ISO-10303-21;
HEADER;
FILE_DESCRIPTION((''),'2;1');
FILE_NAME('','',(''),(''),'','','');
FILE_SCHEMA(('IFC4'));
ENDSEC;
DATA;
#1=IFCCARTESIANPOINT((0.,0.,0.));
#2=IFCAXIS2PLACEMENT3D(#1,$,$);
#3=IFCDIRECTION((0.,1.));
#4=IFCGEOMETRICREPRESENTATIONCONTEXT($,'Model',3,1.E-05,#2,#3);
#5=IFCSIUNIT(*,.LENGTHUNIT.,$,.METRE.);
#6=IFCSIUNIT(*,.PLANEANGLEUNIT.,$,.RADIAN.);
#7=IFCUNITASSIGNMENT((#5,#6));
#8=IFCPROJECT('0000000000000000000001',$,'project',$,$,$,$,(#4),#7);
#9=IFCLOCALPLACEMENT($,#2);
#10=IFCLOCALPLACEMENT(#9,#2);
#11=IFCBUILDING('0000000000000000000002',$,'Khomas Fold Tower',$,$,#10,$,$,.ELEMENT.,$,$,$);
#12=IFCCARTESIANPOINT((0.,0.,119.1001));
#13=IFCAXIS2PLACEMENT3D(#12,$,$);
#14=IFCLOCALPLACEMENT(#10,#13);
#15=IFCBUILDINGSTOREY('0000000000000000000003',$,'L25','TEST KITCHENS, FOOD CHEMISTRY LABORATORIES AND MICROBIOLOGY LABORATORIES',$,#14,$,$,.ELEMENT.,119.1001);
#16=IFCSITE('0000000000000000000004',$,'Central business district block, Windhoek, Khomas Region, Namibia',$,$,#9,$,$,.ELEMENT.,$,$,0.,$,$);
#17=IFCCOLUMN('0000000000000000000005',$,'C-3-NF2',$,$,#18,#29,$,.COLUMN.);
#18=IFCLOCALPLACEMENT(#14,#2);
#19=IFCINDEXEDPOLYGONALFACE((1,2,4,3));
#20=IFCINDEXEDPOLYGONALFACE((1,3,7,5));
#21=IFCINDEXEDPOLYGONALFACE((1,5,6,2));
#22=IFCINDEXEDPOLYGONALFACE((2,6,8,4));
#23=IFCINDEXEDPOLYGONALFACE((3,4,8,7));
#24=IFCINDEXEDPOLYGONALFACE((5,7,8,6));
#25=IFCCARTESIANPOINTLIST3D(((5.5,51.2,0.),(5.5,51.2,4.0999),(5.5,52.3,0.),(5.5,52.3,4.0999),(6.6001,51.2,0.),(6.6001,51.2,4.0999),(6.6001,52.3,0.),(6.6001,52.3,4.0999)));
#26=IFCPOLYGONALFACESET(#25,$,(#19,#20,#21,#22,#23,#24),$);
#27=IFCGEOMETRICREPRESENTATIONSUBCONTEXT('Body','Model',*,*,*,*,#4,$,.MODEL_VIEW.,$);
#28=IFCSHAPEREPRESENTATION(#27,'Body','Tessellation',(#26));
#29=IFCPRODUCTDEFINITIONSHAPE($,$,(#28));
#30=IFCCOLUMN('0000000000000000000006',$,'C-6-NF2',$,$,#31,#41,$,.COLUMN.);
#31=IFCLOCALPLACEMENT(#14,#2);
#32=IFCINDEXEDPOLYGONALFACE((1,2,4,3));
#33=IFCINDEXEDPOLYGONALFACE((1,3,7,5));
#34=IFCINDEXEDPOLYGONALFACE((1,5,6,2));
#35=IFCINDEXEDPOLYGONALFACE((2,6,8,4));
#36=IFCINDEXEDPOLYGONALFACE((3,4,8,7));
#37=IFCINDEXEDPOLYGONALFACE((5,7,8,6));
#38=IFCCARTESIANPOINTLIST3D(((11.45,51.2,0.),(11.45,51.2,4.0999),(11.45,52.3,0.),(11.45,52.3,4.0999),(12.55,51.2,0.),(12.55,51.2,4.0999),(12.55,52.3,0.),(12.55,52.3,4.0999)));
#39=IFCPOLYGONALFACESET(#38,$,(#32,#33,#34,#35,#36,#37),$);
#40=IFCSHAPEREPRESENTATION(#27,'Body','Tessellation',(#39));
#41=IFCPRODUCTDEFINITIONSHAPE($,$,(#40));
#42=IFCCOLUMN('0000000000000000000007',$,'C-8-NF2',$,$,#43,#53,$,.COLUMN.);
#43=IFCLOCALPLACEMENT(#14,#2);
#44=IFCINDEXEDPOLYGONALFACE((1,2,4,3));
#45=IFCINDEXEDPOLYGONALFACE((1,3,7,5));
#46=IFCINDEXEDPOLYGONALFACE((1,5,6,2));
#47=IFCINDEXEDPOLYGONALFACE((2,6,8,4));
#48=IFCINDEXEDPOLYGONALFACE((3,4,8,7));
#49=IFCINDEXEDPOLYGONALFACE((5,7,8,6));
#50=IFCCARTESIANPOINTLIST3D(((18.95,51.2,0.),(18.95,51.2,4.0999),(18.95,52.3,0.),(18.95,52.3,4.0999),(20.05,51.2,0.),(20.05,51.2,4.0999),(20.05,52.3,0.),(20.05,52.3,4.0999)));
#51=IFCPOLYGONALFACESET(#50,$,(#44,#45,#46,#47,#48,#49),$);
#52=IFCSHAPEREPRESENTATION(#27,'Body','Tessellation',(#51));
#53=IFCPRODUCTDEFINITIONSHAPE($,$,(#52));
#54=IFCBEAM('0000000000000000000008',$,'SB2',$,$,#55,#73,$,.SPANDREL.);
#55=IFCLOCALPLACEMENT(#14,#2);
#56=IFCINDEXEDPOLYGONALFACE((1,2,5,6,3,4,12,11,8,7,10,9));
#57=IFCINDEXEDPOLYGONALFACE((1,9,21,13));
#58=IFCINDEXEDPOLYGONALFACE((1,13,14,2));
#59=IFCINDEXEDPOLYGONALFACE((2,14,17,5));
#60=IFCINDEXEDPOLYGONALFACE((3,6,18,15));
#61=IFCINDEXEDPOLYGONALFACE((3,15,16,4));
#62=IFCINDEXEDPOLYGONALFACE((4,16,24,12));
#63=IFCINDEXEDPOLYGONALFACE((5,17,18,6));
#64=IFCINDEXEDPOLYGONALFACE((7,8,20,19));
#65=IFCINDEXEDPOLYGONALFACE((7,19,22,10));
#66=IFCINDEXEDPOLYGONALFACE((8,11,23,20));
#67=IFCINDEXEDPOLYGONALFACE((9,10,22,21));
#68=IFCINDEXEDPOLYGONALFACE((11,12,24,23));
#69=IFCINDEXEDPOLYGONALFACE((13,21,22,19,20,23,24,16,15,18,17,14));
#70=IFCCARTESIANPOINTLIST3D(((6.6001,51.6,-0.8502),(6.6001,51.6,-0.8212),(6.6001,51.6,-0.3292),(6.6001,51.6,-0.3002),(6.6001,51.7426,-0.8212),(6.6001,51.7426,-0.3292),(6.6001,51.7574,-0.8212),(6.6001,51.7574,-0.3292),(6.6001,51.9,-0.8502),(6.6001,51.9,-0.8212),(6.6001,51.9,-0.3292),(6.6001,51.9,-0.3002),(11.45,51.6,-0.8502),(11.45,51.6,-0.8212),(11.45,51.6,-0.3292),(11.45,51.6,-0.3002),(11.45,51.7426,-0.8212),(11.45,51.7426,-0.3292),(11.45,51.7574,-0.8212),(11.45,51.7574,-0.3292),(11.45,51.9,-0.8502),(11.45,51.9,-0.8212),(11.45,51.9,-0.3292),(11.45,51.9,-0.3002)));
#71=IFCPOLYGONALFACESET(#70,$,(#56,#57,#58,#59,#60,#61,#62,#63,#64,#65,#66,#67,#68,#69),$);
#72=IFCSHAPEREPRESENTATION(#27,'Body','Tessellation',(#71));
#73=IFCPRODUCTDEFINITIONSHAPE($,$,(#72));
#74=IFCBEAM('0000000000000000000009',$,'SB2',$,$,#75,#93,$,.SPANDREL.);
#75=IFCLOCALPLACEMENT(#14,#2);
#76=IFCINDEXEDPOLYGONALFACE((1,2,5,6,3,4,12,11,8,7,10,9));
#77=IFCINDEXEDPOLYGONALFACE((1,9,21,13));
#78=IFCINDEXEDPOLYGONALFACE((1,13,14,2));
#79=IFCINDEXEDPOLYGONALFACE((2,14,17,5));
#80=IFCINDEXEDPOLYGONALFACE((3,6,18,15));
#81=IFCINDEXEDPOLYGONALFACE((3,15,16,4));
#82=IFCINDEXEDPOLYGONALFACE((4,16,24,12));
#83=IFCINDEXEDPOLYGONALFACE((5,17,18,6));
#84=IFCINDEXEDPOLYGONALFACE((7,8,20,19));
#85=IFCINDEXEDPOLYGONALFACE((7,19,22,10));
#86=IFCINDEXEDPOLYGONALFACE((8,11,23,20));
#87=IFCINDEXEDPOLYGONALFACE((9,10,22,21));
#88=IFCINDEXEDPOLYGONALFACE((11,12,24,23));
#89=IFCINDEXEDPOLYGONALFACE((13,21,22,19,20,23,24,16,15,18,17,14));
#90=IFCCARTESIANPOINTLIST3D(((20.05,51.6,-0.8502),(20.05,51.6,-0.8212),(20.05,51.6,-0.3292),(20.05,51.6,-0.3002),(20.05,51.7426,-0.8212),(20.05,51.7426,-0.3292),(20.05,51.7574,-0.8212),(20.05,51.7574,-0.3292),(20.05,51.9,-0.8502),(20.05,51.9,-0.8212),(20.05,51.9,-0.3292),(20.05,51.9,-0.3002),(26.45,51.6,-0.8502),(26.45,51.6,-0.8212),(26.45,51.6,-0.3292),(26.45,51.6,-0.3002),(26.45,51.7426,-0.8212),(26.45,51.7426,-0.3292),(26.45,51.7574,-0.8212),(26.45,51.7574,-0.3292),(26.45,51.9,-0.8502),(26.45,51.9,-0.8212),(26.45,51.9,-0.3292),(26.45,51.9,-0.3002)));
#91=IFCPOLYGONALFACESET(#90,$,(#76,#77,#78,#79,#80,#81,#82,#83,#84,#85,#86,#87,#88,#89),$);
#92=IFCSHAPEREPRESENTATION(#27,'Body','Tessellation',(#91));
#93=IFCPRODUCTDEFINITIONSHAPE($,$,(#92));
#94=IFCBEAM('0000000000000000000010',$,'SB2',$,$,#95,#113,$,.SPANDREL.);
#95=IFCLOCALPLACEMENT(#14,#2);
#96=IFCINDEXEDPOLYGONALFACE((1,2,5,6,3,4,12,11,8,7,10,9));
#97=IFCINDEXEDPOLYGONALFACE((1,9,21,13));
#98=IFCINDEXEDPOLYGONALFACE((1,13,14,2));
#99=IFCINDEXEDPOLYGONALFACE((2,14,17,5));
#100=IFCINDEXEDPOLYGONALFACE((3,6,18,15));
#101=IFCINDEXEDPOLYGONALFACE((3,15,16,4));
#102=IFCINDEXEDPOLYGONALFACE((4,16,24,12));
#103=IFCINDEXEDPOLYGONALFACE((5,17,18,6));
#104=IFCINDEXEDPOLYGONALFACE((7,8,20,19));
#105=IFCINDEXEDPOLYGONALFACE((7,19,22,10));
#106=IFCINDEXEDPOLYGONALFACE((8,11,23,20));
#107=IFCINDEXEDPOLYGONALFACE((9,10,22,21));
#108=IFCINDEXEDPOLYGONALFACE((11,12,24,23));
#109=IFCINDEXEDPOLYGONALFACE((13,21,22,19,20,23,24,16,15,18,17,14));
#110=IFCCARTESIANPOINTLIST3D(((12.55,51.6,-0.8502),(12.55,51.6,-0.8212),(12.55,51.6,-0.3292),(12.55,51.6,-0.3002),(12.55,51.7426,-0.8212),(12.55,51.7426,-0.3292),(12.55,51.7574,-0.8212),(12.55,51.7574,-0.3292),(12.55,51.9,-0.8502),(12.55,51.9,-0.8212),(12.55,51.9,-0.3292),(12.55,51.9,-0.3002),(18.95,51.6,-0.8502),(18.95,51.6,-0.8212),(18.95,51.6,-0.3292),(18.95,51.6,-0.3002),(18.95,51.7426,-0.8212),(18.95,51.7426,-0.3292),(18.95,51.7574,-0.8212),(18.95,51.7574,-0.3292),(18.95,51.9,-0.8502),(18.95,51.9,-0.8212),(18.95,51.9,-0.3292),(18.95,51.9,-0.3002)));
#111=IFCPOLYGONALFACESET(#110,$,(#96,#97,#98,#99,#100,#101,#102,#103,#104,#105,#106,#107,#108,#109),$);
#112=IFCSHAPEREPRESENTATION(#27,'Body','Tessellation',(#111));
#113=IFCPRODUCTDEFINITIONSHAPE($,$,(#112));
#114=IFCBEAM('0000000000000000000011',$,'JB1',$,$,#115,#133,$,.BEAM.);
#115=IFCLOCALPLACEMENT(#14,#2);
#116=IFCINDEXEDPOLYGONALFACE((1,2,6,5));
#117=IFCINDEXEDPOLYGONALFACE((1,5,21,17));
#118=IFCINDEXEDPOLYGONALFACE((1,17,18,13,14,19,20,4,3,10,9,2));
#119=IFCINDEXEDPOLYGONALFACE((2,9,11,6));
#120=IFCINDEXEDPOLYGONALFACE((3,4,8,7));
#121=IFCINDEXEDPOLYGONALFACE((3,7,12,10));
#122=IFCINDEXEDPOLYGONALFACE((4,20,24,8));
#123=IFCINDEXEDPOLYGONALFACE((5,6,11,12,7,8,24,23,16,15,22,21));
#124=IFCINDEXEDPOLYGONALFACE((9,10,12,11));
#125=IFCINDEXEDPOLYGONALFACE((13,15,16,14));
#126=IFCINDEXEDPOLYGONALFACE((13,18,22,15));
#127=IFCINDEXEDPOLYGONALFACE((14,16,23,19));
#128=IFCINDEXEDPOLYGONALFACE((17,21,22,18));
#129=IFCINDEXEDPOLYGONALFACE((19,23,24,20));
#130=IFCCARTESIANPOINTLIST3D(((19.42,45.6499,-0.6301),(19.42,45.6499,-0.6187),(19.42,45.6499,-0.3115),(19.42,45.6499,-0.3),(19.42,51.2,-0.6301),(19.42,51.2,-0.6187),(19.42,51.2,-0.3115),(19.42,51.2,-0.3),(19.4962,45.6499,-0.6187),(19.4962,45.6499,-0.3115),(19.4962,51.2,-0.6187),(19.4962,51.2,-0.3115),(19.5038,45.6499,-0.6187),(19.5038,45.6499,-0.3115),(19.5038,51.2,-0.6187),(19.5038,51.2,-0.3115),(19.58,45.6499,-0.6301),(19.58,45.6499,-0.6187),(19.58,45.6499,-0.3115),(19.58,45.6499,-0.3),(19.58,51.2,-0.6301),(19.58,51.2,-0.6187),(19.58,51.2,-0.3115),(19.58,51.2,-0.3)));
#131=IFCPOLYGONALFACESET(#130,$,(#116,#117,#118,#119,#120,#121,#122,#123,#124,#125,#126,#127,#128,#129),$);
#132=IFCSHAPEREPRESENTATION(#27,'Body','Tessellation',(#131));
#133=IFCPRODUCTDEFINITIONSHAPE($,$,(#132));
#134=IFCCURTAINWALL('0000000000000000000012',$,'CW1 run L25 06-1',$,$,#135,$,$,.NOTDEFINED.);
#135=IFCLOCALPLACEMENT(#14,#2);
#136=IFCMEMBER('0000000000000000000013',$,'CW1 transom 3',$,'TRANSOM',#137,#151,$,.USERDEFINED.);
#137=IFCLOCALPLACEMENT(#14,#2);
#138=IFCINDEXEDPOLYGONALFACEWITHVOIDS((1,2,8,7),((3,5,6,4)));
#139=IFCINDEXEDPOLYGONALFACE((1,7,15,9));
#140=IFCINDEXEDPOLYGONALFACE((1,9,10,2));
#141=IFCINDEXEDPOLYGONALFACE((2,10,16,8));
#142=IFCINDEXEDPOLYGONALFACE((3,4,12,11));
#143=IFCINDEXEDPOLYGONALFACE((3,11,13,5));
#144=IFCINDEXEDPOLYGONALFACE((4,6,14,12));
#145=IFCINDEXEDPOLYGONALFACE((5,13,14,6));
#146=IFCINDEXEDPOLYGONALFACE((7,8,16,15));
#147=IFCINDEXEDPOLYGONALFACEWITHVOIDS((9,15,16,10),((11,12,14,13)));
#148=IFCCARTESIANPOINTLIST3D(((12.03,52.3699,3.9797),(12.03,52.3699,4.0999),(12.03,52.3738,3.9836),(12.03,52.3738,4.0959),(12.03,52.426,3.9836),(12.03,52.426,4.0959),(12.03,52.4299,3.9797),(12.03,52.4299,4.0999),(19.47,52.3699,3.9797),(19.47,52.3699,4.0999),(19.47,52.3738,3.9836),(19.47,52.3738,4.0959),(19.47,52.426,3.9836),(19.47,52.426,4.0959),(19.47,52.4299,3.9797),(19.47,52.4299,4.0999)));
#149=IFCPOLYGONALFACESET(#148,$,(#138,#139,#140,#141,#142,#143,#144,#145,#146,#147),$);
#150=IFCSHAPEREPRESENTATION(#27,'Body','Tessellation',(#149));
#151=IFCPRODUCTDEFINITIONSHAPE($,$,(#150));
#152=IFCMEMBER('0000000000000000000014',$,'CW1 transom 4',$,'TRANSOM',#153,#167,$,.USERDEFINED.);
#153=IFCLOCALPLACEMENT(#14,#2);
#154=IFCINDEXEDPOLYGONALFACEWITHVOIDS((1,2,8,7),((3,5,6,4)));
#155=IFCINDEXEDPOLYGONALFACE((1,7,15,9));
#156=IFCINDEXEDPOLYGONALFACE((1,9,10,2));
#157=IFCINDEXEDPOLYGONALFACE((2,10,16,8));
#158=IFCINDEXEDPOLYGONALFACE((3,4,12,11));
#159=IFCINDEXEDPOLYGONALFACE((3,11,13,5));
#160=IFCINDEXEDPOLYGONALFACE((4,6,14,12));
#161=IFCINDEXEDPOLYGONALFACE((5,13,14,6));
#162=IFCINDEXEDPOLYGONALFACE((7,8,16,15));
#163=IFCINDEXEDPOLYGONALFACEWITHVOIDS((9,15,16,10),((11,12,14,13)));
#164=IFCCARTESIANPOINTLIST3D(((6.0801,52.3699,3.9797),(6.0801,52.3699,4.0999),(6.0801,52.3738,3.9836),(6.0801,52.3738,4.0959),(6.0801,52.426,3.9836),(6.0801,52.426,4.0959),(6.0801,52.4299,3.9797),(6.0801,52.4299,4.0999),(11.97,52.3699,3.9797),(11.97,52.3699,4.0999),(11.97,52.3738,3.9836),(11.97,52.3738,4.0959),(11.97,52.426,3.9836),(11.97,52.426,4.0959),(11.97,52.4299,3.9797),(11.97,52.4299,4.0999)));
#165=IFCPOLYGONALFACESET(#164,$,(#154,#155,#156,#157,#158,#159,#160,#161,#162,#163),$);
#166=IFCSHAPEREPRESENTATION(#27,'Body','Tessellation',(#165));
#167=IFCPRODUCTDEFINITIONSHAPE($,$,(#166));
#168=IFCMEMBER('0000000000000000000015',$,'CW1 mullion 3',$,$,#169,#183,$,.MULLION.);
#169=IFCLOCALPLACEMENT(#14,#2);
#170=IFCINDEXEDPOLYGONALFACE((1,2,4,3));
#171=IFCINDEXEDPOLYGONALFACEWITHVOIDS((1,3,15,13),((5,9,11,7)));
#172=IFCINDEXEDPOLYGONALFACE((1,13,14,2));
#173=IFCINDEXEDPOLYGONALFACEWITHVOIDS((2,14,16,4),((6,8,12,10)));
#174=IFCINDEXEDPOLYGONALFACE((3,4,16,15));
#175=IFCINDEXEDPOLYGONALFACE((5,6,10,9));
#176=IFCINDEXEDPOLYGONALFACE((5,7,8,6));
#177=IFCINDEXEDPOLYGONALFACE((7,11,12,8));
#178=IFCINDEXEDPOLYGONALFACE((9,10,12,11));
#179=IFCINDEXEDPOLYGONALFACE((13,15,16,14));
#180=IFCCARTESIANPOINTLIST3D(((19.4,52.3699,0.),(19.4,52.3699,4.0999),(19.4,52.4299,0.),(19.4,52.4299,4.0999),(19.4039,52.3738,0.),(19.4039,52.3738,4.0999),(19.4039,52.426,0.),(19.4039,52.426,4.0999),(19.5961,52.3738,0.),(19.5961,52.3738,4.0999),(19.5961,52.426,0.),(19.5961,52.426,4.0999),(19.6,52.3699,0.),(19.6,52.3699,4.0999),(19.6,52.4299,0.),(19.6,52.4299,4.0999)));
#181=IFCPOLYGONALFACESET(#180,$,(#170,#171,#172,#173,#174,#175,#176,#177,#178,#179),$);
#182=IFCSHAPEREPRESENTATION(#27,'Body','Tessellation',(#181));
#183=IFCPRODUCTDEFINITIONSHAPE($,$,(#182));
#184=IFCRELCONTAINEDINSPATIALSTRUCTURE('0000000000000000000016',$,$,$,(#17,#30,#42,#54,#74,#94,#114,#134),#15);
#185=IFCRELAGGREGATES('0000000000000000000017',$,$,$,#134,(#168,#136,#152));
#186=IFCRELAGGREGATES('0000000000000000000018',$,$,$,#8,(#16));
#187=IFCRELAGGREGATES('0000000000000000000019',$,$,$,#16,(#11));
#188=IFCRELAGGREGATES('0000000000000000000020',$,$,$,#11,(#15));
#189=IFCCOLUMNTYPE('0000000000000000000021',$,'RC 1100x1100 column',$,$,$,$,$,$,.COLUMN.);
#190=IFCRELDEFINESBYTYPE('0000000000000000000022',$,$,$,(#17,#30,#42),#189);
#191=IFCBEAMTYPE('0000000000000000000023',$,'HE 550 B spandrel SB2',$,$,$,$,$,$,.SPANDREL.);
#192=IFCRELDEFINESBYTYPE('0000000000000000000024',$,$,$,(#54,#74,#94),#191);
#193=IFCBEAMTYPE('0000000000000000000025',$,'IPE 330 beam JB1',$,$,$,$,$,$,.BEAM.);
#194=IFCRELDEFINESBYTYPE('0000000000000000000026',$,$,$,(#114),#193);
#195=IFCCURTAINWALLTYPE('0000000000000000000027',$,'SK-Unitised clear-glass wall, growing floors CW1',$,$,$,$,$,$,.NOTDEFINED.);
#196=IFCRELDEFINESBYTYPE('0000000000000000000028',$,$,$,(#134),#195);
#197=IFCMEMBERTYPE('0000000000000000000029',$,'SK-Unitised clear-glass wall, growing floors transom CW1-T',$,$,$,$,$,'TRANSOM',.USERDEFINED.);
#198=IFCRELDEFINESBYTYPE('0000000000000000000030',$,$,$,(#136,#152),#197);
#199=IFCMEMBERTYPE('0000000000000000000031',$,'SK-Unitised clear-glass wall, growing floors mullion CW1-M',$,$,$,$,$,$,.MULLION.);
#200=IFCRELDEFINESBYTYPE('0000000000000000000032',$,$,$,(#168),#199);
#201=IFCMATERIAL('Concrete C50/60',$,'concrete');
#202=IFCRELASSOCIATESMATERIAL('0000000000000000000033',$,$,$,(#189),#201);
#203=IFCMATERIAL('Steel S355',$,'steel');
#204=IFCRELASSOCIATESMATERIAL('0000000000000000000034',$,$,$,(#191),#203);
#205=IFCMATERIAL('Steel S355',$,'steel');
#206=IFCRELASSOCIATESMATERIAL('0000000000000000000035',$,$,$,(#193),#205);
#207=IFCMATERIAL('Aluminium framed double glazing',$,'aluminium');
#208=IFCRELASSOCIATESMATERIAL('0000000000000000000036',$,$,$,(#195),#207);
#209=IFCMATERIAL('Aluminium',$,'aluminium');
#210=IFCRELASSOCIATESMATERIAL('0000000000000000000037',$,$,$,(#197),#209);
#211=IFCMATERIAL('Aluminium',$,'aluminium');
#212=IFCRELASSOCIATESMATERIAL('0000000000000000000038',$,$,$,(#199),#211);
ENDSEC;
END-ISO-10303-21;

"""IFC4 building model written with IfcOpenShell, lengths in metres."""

from ifc_helpers import new_model, si_unit, direction, frame, origin, origin_2d, place, context, subcontext, project, spatial, rectangle, hollow_rectangle, i_section, extrude, source, transform, mapped, material, material_profile, profile_set, type_object, element, aggregate, save


model = new_model("IFC4")

# Units and contexts
model_context = context("Model", 3, precision=1e-05, world=origin(), true_north=direction((0.0, 1.0)))
body_context = subcontext(model_context, "Body", "Model", "MODEL_VIEW")
ifc_project = project(units=[si_unit("LENGTHUNIT", "METRE"), si_unit("PLANEANGLEUNIT", "RADIAN")], contexts=[model_context])

# Site, building, storey
site_placement = place(None, origin())
site = spatial("IfcSite", under=ifc_project, at=site_placement, Name="Central business district block, Windhoek, Khomas Region, Namibia", CompositionType="ELEMENT", RefElevation=0.0)
building_placement = place(site_placement, origin())
building = spatial("IfcBuilding", under=site, at=building_placement, Name="Khomas Fold Tower", CompositionType="ELEMENT")
storey_placement = place(building_placement, frame((0.0, 0.0, 119.1001)))
storey = spatial("IfcBuildingStorey", under=building, at=storey_placement, Name="L25", Description="TEST KITCHENS, FOOD CHEMISTRY LABORATORIES AND MICROBIOLOGY LABORATORIES", CompositionType="ELEMENT", Elevation=119.1001)

# Columns
ifc_material_1 = material(Name="Concrete C50/60", Category="concrete")
ifc_material_profile_1 = material_profile(ifc_material_1, rectangle(XDim=1.1001, YDim=1.1001, at=origin_2d()), Name="RC 1100x1100")
ifc_profile_set_1 = profile_set([ifc_material_profile_1], Name="Concrete C50/60")
column_type = type_object("IfcColumnType", Name="RC 1100x1100 column", PredefinedType="COLUMN", material=ifc_profile_set_1)
shared_shape_1 = source(origin(), body_context, "Body", "SweptSolid", [
    extrude(rectangle(XDim=1.1001, YDim=1.1001, at=origin_2d()), origin(), (0.0, 0.0, 1.0), 4.0999),
])
for number, where, z_axis, x_axis, name in (
    (1, (6.05, 51.75, 0.0), (0.0, 0.0, 1.0), (1.0, 0.0, 0.0), "C-3-NF2"),
    (2, (12.0, 51.75, 0.0), (0.0, 0.0, 1.0), (1.0, 0.0, 0.0), "C-6-NF2"),
    (3, (19.5, 51.75, 0.0), (0.0, 0.0, 1.0), (1.0, 0.0, 0.0), "C-8-NF2"),
):
    element("IfcColumn", number, at=place(storey_placement, frame(where, z_axis=z_axis, x_axis=x_axis)), inside=storey, type_object=column_type, Name=name, PredefinedType="COLUMN", context=body_context, shape_type="MappedRepresentation", body=[
        mapped(shared_shape_1, transform((0.0, 0.0, 0.0))),
    ])

# Beams
ifc_material_2 = material(Name="Steel S355", Category="steel")
ifc_material_profile_2 = material_profile(ifc_material_2, i_section(OverallWidth=0.3, OverallDepth=0.55, WebThickness=0.0149, FlangeThickness=0.0291, at=origin_2d()), Name="HE 550 B")
ifc_profile_set_2 = profile_set([ifc_material_profile_2], Name="Steel S355")
beam_type_1 = type_object("IfcBeamType", Name="HE 550 B spandrel SB2", PredefinedType="SPANDREL", material=ifc_profile_set_2)
shared_shape_2 = source(origin(), body_context, "Body", "SweptSolid", [
    extrude(i_section(OverallWidth=0.3, OverallDepth=0.55, WebThickness=0.0149, FlangeThickness=0.0291, at=origin_2d()), origin(), (0.0, 0.0, 1.0), 4.8499),
])
beam_1_placement = place(storey_placement, frame((6.6001, 51.75, -0.5752), z_axis=(1.0, 0.0, 0.0), x_axis=(0.0, 1.0, 0.0)))
element("IfcBeam", 4, at=beam_1_placement, inside=storey, type_object=beam_type_1, Name="SB2", PredefinedType="SPANDREL", context=body_context, shape_type="MappedRepresentation", body=[
    mapped(shared_shape_2, transform((0.0, 0.0, 0.0))),
])
shared_shape_3 = source(origin(), body_context, "Body", "SweptSolid", [
    extrude(i_section(OverallWidth=0.3, OverallDepth=0.55, WebThickness=0.0149, FlangeThickness=0.0291, at=origin_2d()), origin(), (0.0, 0.0, 1.0), 6.3999),
])
for number, where, z_axis, x_axis, name in (
    (5, (20.05, 51.75, -0.5752), (1.0, 0.0, 0.0), (0.0, 1.0, 0.0), "SB2"),
    (6, (12.55, 51.75, -0.5752), (1.0, 0.0, 0.0), (0.0, 1.0, 0.0), "SB2"),
):
    element("IfcBeam", number, at=place(storey_placement, frame(where, z_axis=z_axis, x_axis=x_axis)), inside=storey, type_object=beam_type_1, Name=name, PredefinedType="SPANDREL", context=body_context, shape_type="MappedRepresentation", body=[
        mapped(shared_shape_3, transform((0.0, 0.0, 0.0))),
    ])
ifc_material_3 = material(Name="Steel S355", Category="steel")
ifc_material_profile_3 = material_profile(ifc_material_3, i_section(OverallWidth=0.1599, OverallDepth=0.3301, WebThickness=0.0076, FlangeThickness=0.0115, at=origin_2d()), Name="IPE 330")
ifc_profile_set_3 = profile_set([ifc_material_profile_3], Name="Steel S355")
beam_type_2 = type_object("IfcBeamType", Name="IPE 330 beam JB1", PredefinedType="BEAM", material=ifc_profile_set_3)
shared_shape_4 = source(origin(), body_context, "Body", "SweptSolid", [
    extrude(i_section(OverallWidth=0.1599, OverallDepth=0.3301, WebThickness=0.0076, FlangeThickness=0.0115, at=origin_2d()), origin(), (0.0, 0.0, 1.0), 5.55),
])
beam_2_placement = place(storey_placement, frame((19.5, 45.6499, -0.4651), z_axis=(0.0, 1.0, 0.0), x_axis=(-1.0, 0.0, 0.0)))
element("IfcBeam", 7, at=beam_2_placement, inside=storey, type_object=beam_type_2, Name="JB1", PredefinedType="BEAM", context=body_context, shape_type="MappedRepresentation", body=[
    mapped(shared_shape_4, transform((0.0, 0.0, 0.0))),
])

# Curtain wall, members
ifc_material_4 = material(Name="Aluminium framed double glazing", Category="aluminium")
curtain_wall_type = type_object("IfcCurtainWallType", Name="SK-Unitised clear-glass wall, growing floors CW1", PredefinedType="NOTDEFINED", material=ifc_material_4)
curtain_wall_placement = place(storey_placement, origin())
curtain_wall = element("IfcCurtainWall", 8, at=curtain_wall_placement, inside=storey, type_object=curtain_wall_type, Name="CW1 run L25 06-1", PredefinedType="NOTDEFINED")
ifc_material_5 = material(Name="Aluminium", Category="aluminium")
ifc_material_profile_4 = material_profile(ifc_material_5, hollow_rectangle(XDim=0.0601, YDim=0.1201, WallThickness=0.0039, at=origin_2d()), Name="SK-Unitised clear-glass wall, growing floors transom CW1-T")
ifc_profile_set_4 = profile_set([ifc_material_profile_4], Name="Aluminium")
member_type_1 = type_object("IfcMemberType", Name="SK-Unitised clear-glass wall, growing floors transom CW1-T", ElementType="TRANSOM", PredefinedType="USERDEFINED", material=ifc_profile_set_4)
shared_shape_5 = source(origin(), body_context, "Body", "SweptSolid", [
    extrude(hollow_rectangle(XDim=0.0601, YDim=0.1201, WallThickness=0.0039, at=origin_2d()), origin(), (0.0, 0.0, 1.0), 7.4399),
])
member_1_placement = place(storey_placement, frame((19.47, 52.3999, 4.0398), z_axis=(-1.0, 0.0, 0.0), x_axis=(0.0, -1.0, 0.0)))
member_1 = element("IfcMember", 9, at=member_1_placement, type_object=member_type_1, Name="CW1 transom 3", ObjectType="TRANSOM", PredefinedType="USERDEFINED", context=body_context, shape_type="MappedRepresentation", body=[
    mapped(shared_shape_5, transform((0.0, 0.0, 0.0))),
])
shared_shape_6 = source(origin(), body_context, "Body", "SweptSolid", [
    extrude(hollow_rectangle(XDim=0.0601, YDim=0.1201, WallThickness=0.0039, at=origin_2d()), origin(), (0.0, 0.0, 1.0), 5.8899),
])
member_2_placement = place(storey_placement, frame((11.97, 52.3999, 4.0398), z_axis=(-1.0, 0.0, 0.0), x_axis=(0.0, -1.0, 0.0)))
member_2 = element("IfcMember", 10, at=member_2_placement, type_object=member_type_1, Name="CW1 transom 4", ObjectType="TRANSOM", PredefinedType="USERDEFINED", context=body_context, shape_type="MappedRepresentation", body=[
    mapped(shared_shape_6, transform((0.0, 0.0, 0.0))),
])
ifc_material_6 = material(Name="Aluminium", Category="aluminium")
ifc_material_profile_5 = material_profile(ifc_material_6, hollow_rectangle(XDim=0.0601, YDim=0.2, WallThickness=0.0039, at=origin_2d()), Name="SK-Unitised clear-glass wall, growing floors mullion CW1-M")
ifc_profile_set_5 = profile_set([ifc_material_profile_5], Name="Aluminium")
member_type_2 = type_object("IfcMemberType", Name="SK-Unitised clear-glass wall, growing floors mullion CW1-M", PredefinedType="MULLION", material=ifc_profile_set_5)
shared_shape_7 = source(origin(), body_context, "Body", "SweptSolid", [
    extrude(hollow_rectangle(XDim=0.0601, YDim=0.2, WallThickness=0.0039, at=origin_2d()), origin(), (0.0, 0.0, 1.0), 4.0999),
])
member_3_placement = place(storey_placement, frame((19.5, 52.3999, 0.0), z_axis=(0.0, 0.0, 1.0), x_axis=(0.0, -1.0, 0.0)))
member_3 = element("IfcMember", 11, at=member_3_placement, type_object=member_type_2, Name="CW1 mullion 3", PredefinedType="MULLION", context=body_context, shape_type="MappedRepresentation", body=[
    mapped(shared_shape_7, transform((0.0, 0.0, 0.0))),
])
aggregate(curtain_wall, [member_3, member_1, member_2])

save(model, "model.ifc")
